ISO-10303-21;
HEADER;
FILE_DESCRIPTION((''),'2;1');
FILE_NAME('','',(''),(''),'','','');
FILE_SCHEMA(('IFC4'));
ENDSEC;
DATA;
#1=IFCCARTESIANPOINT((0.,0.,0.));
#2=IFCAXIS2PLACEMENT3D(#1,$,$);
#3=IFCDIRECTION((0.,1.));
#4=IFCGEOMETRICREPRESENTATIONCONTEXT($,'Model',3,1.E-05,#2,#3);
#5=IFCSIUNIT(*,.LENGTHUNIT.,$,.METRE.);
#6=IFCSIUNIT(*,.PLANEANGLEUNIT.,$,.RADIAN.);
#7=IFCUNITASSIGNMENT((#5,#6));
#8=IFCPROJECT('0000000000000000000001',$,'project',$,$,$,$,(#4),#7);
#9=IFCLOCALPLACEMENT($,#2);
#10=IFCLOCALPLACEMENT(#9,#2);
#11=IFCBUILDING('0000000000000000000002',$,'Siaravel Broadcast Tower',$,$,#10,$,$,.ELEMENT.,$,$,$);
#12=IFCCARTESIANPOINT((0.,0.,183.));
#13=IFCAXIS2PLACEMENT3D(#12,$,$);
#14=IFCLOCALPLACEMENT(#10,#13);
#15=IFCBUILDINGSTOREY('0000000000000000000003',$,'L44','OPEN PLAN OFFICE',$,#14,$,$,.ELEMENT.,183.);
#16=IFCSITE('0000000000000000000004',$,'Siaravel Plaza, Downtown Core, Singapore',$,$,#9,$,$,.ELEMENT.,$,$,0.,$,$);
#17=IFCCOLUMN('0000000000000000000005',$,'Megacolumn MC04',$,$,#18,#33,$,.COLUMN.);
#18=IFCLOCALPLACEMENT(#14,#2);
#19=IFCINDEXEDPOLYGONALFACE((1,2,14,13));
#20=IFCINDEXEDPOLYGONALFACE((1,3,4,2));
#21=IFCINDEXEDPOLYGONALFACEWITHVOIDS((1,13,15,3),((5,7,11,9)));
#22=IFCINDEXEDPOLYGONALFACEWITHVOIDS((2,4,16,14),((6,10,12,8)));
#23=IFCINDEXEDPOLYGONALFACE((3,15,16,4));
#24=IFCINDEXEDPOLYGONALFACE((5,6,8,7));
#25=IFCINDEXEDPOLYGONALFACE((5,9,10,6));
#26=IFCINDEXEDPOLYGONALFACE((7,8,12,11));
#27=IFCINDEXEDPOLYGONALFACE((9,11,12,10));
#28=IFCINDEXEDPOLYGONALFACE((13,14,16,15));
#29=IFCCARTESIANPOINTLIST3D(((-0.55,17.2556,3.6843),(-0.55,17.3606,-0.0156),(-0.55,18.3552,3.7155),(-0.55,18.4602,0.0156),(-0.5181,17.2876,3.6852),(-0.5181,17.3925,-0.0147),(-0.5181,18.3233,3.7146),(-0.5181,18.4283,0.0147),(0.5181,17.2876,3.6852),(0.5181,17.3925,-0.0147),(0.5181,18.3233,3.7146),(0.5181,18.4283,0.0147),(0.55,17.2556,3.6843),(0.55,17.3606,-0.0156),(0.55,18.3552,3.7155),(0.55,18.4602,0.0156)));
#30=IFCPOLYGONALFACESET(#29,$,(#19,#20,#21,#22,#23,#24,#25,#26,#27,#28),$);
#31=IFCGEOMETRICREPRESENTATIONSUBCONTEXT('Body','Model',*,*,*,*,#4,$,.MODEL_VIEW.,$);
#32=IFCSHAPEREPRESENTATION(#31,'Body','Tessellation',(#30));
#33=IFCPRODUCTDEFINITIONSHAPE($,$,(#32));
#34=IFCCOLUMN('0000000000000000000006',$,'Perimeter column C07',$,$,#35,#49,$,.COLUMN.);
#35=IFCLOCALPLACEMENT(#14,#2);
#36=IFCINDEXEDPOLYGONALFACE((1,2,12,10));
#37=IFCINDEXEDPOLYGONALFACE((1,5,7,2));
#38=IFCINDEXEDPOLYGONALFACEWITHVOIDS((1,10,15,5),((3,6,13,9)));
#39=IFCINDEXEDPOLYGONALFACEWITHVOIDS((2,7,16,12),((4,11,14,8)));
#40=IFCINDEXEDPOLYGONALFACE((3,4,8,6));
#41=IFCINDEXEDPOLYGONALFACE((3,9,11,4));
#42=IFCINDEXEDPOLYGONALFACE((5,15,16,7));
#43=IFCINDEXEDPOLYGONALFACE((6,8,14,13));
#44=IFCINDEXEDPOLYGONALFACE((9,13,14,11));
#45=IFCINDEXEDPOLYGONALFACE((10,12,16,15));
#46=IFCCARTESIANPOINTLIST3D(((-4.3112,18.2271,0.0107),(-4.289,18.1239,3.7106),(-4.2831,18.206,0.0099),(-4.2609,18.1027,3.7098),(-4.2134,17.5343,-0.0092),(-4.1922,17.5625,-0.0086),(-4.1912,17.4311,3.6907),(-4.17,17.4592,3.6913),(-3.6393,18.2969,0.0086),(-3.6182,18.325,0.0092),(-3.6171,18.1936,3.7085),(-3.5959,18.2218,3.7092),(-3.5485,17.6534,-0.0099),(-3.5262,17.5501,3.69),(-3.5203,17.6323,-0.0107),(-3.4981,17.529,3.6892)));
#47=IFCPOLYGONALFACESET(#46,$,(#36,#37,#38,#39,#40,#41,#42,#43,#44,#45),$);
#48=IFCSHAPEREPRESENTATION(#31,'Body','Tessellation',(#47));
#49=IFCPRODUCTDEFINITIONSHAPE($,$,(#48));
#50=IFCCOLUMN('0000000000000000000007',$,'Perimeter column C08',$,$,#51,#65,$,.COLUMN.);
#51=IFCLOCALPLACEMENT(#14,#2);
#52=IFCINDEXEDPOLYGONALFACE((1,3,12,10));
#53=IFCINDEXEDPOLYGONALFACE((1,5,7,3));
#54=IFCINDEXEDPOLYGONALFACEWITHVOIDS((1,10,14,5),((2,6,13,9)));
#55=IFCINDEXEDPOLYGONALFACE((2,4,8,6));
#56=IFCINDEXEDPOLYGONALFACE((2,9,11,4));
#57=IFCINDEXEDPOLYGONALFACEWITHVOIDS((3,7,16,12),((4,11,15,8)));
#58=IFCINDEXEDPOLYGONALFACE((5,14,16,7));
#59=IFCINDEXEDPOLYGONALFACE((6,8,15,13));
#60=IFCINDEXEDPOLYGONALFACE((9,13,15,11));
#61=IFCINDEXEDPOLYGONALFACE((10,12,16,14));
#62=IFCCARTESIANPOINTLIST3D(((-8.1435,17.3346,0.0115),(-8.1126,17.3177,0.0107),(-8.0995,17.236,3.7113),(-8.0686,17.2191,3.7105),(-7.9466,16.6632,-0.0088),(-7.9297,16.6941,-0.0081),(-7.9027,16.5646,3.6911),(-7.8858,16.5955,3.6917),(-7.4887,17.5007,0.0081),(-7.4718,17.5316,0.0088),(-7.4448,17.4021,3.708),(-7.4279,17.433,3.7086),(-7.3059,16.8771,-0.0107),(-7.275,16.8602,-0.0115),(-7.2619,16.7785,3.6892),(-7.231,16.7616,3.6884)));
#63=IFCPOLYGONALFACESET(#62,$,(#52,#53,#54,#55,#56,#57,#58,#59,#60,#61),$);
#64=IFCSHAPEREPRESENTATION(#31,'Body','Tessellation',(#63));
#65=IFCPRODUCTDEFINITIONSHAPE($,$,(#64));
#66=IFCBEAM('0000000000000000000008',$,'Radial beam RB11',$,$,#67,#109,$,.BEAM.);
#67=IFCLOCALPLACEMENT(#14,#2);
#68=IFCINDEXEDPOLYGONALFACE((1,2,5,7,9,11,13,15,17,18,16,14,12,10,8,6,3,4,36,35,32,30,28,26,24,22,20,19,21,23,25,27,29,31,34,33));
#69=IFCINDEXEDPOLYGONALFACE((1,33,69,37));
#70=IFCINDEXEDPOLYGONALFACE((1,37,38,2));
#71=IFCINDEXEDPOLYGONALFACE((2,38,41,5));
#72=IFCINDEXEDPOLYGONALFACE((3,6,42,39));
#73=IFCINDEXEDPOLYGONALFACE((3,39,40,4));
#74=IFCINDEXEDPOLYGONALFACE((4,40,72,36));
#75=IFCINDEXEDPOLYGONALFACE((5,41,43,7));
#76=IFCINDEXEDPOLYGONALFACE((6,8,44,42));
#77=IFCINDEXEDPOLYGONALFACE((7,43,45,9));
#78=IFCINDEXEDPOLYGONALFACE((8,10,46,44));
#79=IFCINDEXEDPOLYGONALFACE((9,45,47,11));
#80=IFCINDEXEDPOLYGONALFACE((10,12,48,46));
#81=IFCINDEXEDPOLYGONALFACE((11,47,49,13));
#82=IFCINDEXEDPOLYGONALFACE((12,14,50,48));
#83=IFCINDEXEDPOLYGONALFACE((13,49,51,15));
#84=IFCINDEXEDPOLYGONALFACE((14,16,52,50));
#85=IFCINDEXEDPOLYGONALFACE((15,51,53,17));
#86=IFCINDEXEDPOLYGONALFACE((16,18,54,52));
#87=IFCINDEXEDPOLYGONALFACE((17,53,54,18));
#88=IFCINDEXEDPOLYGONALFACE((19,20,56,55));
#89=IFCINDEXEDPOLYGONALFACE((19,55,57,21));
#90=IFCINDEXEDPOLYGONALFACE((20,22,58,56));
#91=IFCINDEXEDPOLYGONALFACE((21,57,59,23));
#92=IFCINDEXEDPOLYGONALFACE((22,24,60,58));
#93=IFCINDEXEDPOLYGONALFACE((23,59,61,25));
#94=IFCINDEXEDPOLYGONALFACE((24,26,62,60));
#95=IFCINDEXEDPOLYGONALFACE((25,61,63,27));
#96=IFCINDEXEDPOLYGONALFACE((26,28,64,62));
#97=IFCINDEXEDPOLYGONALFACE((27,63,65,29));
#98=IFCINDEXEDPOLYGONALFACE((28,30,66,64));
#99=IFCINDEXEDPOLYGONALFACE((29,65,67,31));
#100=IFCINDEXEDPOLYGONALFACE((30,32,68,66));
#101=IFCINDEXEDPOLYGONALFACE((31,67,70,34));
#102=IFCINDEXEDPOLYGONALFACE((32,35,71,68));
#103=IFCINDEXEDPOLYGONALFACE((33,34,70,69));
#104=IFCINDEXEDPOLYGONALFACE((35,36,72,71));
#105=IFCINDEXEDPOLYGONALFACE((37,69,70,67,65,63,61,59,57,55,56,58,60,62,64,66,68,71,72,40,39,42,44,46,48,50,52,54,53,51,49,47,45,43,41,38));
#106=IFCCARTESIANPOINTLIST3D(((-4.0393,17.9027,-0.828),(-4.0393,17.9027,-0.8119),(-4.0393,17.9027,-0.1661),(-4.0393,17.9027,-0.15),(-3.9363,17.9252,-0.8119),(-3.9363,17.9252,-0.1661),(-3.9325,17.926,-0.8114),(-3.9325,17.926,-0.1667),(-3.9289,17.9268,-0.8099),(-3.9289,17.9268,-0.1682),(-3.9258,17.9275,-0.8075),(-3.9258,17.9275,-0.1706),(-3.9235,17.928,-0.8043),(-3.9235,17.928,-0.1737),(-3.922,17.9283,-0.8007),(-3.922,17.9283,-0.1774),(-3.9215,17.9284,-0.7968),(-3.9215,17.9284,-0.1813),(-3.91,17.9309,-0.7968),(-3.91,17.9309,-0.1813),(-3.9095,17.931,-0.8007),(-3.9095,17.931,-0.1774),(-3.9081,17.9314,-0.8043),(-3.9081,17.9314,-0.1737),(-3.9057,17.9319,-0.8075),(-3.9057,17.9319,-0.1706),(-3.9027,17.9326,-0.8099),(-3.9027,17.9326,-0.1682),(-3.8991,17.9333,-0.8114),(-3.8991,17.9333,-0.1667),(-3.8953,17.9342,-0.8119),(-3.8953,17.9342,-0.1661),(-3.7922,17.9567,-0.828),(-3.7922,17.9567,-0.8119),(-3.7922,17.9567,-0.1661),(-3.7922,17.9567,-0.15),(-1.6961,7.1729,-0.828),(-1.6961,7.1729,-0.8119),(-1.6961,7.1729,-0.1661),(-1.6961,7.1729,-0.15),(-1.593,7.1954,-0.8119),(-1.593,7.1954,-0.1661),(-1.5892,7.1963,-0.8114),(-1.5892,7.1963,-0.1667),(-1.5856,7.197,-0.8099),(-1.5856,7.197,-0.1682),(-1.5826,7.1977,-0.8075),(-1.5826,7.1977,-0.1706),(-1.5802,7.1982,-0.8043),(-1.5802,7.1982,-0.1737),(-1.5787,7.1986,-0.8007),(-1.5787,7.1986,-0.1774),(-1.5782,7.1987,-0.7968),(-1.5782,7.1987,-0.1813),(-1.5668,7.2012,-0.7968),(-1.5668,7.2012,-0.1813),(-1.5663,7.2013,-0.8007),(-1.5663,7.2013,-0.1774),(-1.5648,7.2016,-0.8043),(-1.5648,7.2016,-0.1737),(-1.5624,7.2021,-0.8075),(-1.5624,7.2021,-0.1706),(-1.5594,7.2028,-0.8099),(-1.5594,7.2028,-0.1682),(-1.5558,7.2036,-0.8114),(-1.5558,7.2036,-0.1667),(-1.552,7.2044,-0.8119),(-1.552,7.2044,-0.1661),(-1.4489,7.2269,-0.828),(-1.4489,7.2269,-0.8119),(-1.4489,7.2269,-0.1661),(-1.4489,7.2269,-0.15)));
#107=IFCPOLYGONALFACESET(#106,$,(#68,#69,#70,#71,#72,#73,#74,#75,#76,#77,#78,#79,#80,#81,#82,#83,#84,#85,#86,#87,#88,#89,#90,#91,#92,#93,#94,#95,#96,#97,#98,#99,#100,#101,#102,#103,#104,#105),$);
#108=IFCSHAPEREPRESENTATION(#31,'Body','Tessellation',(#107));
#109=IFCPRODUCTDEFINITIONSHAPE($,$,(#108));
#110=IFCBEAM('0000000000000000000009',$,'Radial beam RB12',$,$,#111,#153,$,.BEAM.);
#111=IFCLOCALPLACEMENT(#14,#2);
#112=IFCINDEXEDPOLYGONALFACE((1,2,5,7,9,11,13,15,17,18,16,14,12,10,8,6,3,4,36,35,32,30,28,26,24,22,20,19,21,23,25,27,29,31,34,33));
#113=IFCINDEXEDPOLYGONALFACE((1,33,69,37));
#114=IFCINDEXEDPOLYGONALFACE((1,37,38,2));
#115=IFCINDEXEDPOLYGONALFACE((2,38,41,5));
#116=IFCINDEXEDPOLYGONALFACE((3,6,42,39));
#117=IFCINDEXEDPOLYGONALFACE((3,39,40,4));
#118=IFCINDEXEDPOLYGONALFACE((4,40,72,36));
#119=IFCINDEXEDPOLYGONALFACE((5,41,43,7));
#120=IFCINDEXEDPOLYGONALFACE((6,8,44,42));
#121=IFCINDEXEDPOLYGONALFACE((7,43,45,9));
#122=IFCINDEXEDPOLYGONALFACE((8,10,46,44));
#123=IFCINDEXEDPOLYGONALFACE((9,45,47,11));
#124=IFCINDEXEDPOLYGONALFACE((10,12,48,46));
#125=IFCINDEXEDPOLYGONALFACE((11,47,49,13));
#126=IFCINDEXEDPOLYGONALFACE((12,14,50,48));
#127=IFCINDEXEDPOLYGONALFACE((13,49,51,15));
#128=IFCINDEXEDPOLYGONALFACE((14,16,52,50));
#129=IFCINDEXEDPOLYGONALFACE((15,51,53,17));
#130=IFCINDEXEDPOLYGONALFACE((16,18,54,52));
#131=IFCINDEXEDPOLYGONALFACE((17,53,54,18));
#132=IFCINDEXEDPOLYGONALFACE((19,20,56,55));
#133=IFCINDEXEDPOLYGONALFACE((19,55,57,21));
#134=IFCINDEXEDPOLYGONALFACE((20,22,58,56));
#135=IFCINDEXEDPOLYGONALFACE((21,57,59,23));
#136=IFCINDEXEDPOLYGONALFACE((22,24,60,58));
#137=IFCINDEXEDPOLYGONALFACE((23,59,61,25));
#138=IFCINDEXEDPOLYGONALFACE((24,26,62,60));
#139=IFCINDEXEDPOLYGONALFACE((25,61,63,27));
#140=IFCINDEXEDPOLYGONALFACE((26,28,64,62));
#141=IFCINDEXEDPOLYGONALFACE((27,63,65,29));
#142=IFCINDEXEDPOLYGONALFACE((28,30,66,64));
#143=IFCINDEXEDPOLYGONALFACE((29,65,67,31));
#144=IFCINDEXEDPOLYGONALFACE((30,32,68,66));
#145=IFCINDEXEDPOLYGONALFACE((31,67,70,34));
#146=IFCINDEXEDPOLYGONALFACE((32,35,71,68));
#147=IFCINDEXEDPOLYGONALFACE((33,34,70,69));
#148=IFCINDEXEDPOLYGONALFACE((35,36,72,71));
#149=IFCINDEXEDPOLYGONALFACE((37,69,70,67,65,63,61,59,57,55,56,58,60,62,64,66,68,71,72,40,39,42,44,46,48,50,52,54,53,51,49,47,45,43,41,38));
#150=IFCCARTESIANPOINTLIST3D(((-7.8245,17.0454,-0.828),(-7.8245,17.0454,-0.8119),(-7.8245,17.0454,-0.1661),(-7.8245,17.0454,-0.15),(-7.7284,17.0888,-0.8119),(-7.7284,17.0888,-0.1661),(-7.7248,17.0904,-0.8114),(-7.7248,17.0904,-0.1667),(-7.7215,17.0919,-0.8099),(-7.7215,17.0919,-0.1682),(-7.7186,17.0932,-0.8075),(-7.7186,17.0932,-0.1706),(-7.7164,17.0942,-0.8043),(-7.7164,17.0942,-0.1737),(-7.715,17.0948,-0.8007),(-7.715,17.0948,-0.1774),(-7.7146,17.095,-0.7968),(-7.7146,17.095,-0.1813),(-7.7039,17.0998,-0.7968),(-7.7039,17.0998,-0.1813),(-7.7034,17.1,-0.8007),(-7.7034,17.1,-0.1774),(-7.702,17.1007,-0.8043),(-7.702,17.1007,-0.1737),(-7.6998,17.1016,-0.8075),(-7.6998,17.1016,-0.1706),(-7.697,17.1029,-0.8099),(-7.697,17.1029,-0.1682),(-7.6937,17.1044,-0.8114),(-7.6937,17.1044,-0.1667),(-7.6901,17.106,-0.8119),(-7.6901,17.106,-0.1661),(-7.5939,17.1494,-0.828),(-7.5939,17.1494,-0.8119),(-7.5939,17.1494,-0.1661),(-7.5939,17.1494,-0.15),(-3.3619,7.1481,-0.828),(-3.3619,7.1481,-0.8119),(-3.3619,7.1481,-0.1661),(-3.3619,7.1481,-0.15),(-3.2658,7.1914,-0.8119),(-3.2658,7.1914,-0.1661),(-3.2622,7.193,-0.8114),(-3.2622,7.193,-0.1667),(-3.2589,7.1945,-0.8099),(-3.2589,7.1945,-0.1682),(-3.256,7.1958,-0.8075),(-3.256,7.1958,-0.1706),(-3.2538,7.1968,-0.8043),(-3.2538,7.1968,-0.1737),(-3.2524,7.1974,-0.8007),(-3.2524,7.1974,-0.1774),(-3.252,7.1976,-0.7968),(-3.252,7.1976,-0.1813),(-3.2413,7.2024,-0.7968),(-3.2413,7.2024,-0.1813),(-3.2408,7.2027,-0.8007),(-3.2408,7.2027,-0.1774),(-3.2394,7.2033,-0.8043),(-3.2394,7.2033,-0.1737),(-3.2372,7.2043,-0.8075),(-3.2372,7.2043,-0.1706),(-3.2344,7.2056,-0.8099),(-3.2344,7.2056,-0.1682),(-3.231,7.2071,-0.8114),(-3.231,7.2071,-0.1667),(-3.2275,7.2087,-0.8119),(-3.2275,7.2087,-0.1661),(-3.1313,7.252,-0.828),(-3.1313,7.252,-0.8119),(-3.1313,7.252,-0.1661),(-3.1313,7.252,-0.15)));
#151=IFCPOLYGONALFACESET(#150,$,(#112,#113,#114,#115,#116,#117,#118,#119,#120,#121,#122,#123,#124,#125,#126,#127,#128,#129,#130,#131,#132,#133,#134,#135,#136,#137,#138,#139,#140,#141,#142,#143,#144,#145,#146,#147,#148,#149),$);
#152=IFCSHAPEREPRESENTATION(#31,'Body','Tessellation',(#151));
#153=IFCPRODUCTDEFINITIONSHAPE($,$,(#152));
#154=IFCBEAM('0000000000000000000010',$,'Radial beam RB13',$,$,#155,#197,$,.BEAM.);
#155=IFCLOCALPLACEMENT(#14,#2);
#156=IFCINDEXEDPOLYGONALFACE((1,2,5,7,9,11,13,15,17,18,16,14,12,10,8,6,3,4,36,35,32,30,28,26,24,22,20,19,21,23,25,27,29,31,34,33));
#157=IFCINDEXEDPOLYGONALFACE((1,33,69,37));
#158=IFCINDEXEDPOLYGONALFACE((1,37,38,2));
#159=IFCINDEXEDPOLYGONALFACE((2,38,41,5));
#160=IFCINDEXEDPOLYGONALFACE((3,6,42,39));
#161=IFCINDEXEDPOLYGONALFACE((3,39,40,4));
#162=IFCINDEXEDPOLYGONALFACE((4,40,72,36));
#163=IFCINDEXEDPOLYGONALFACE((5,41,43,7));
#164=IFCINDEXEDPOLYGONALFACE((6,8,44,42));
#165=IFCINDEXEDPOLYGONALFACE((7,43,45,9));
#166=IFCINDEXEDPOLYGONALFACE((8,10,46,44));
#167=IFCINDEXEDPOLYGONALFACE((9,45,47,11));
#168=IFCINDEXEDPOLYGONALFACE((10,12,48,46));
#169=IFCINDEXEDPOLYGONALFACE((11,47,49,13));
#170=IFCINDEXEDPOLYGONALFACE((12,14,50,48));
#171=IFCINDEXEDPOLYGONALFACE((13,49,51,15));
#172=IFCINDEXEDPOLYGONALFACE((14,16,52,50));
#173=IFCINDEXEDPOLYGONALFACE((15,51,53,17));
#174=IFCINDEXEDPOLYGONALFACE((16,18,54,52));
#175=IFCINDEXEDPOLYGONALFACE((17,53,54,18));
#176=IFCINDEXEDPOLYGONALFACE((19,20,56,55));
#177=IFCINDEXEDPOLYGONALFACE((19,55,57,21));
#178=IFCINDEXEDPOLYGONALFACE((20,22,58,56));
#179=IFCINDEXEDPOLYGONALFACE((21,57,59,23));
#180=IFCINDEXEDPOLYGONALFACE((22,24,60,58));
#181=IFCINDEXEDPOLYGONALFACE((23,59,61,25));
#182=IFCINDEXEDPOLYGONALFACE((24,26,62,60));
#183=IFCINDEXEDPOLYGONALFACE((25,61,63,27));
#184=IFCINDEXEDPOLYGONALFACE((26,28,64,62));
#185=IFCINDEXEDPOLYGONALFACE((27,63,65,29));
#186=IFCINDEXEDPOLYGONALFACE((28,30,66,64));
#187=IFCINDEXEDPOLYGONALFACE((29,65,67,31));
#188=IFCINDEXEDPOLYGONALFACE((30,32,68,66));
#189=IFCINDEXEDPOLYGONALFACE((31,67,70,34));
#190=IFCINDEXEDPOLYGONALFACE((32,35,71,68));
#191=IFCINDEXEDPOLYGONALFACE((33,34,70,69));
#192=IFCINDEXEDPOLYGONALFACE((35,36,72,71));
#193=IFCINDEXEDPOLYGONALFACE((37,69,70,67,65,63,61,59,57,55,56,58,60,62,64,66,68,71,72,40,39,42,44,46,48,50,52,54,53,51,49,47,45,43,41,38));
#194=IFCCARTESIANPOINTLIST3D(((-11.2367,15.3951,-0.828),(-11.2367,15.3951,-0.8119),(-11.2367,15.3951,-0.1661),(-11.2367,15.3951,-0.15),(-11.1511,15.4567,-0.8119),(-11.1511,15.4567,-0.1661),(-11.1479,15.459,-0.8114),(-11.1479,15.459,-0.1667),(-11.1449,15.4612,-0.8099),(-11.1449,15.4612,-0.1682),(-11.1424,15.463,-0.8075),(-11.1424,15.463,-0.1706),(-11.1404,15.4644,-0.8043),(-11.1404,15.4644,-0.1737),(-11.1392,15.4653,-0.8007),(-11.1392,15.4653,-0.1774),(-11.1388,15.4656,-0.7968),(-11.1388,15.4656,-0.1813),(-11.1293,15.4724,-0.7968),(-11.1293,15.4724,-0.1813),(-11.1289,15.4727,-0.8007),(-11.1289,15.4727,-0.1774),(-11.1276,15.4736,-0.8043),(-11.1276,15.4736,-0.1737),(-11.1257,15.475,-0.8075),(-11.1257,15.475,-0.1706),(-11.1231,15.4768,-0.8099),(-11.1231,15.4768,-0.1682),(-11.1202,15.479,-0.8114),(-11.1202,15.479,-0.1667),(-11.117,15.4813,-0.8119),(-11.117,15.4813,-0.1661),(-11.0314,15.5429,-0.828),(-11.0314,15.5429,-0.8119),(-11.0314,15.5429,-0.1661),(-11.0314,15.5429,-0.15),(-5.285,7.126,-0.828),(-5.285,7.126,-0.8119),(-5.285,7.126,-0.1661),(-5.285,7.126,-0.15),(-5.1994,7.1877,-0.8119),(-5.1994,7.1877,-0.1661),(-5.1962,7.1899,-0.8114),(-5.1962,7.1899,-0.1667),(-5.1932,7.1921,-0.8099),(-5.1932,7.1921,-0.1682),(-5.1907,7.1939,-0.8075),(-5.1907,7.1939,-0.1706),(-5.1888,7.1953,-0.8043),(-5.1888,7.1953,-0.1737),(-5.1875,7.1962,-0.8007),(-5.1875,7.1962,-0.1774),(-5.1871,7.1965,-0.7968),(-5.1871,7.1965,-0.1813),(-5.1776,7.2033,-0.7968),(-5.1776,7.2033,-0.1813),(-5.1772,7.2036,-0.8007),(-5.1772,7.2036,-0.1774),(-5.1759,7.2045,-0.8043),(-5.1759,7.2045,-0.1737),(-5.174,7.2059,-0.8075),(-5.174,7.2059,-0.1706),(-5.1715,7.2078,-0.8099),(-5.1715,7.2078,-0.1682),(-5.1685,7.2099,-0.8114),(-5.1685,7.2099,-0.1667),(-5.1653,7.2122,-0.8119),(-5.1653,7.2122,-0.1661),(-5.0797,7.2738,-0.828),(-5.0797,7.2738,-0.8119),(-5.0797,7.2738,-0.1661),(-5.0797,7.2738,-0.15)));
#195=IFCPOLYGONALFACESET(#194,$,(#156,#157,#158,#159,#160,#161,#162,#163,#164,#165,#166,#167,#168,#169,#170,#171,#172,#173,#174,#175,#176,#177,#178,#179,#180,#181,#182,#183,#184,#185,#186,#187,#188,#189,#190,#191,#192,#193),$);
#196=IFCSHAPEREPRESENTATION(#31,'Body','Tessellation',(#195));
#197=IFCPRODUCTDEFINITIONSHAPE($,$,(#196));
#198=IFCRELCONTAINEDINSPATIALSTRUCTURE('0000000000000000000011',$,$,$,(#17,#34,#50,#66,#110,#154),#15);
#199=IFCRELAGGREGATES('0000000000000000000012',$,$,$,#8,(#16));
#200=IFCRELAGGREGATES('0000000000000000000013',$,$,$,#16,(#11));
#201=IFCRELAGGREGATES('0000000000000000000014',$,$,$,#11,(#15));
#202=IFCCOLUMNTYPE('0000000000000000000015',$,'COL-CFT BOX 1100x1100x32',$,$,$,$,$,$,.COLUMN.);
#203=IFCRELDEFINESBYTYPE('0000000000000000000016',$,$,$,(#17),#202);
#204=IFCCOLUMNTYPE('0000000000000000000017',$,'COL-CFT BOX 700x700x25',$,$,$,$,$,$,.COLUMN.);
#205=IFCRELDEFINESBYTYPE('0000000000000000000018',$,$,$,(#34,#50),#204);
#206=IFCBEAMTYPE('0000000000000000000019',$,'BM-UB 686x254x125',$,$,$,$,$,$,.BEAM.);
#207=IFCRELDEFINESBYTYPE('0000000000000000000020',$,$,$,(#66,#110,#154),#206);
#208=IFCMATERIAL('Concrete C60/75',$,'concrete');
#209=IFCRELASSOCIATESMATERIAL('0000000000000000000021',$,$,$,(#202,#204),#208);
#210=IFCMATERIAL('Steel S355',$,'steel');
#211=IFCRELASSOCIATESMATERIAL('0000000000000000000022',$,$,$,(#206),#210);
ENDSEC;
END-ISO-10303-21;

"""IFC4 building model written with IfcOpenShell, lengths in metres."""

from ifc_helpers import new_model, si_unit, direction, frame, origin, origin_2d, place, context, subcontext, project, spatial, hollow_rectangle, i_section, extrude, material, material_profile, profile_set, type_object, element, save


model = new_model("IFC4")

# Units and contexts
model_context = context("Model", 3, precision=1e-05, world=origin(), true_north=direction((0.0, 1.0)))
body_context = subcontext(model_context, "Body", "Model", "MODEL_VIEW")
ifc_project = project(units=[si_unit("LENGTHUNIT", "METRE"), si_unit("PLANEANGLEUNIT", "RADIAN")], contexts=[model_context])

# Site, building, storey
site_placement = place(None, origin())
site = spatial("IfcSite", under=ifc_project, at=site_placement, Name="Siaravel Plaza, Downtown Core, Singapore", CompositionType="ELEMENT", RefElevation=0.0)
building_placement = place(site_placement, origin())
building = spatial("IfcBuilding", under=site, at=building_placement, Name="Siaravel Broadcast Tower", CompositionType="ELEMENT")
storey_placement = place(building_placement, frame((0.0, 0.0, 183.0)))
storey = spatial("IfcBuildingStorey", under=building, at=storey_placement, Name="L44", Description="OPEN PLAN OFFICE", CompositionType="ELEMENT", Elevation=183.0)

# Columns
ifc_material_1 = material(Name="Concrete C60/75", Category="concrete")
ifc_material_profile_1 = material_profile(ifc_material_1, hollow_rectangle(XDim=1.1001, YDim=1.1001, WallThickness=0.032, at=origin_2d()))
ifc_profile_set_1 = profile_set([ifc_material_profile_1], Name="Concrete C60/75")
column_type_1 = type_object("IfcColumnType", Name="COL-CFT BOX 1100x1100x32", PredefinedType="COLUMN", material=ifc_profile_set_1)
column_placement = place(storey_placement, frame((0.0, 17.9104, 0.0), z_axis=(0.0, -0.028362, 0.999598), x_axis=(1.0, 0.0, 0.0)))
element("IfcColumn", 1, at=column_placement, inside=storey, type_object=column_type_1, Name="Megacolumn MC04", PredefinedType="COLUMN", context=body_context, shape_type="SweptSolid", body=[
    extrude(hollow_rectangle(XDim=1.1001, YDim=1.1001, WallThickness=0.032, at=origin_2d()), origin(), (0.0, 0.0, 1.0), 3.7014),
])
ifc_material_profile_2 = material_profile(ifc_material_1, hollow_rectangle(XDim=0.7, YDim=0.7, WallThickness=0.0249, at=origin_2d()))
ifc_profile_set_2 = profile_set([ifc_material_profile_2], Name="Concrete C60/75")
column_type_2 = type_object("IfcColumnType", Name="COL-CFT BOX 700x700x25", PredefinedType="COLUMN", material=ifc_profile_set_2)
for number, where, z_axis, x_axis, name in (
    (2, (-3.9158, 17.9297, 0.0), (0.006002, -0.0279, 0.999593), (0.990165, 0.139893, -0.002041), "Perimeter column C07"),
    (3, (-7.7092, 17.0974, 0.0), (0.011872, -0.026647, 0.999574), (0.959561, 0.281474, -0.003893), "Perimeter column C08"),
):
    element("IfcColumn", number, at=place(storey_placement, frame(where, z_axis=z_axis, x_axis=x_axis)), inside=storey, type_object=column_type_2, Name=name, PredefinedType="COLUMN", context=body_context, shape_type="SweptSolid", body=[
        extrude(hollow_rectangle(XDim=0.7, YDim=0.7, WallThickness=0.0249, at=origin_2d()), origin(), (0.0, 0.0, 1.0), 3.7014),
    ])

# Beams
ifc_material_2 = material(Name="Steel S355", Category="steel")
ifc_material_profile_3 = material_profile(ifc_material_2, i_section(OverallWidth=0.2529, OverallDepth=0.678, WebThickness=0.0117, FlangeThickness=0.0161, FilletRadius=0.0151, at=origin_2d()))
ifc_profile_set_3 = profile_set([ifc_material_profile_3], Name="Steel S355")
beam_type = type_object("IfcBeamType", Name="BM-UB 686x254x125", PredefinedType="BEAM", material=ifc_profile_set_3)
beam_1_placement = place(storey_placement, frame((-3.9158, 17.9297, -0.489), z_axis=(0.213361, -0.976973, 0.0), x_axis=(0.976973, 0.213361, 0.0)))
element("IfcBeam", 4, at=beam_1_placement, inside=storey, type_object=beam_type, Name="Radial beam RB11", PredefinedType="BEAM", context=body_context, shape_type="SweptSolid", body=[
    extrude(i_section(OverallWidth=0.2529, OverallDepth=0.678, WebThickness=0.0117, FlangeThickness=0.0161, FilletRadius=0.0151, at=origin_2d()), origin(), (0.0, 0.0, 1.0), 10.9827),
])
beam_2_placement = place(storey_placement, frame((-7.7092, 17.0974, -0.489), z_axis=(0.411038, -0.911618, 0.0), x_axis=(0.911618, 0.411038, 0.0)))
element("IfcBeam", 5, at=beam_2_placement, inside=storey, type_object=beam_type, Name="Radial beam RB12", PredefinedType="BEAM", context=body_context, shape_type="SweptSolid", body=[
    extrude(i_section(OverallWidth=0.2529, OverallDepth=0.678, WebThickness=0.0117, FlangeThickness=0.0161, FilletRadius=0.0151, at=origin_2d()), origin(), (0.0, 0.0, 1.0), 10.8569),
])
beam_3_placement = place(storey_placement, frame((-11.134, 15.469, -0.489), z_axis=(0.584172, -0.81163, 0.0), x_axis=(0.81163, 0.584172, 0.0)))
element("IfcBeam", 6, at=beam_3_placement, inside=storey, type_object=beam_type, Name="Radial beam RB13", PredefinedType="BEAM", context=body_context, shape_type="SweptSolid", body=[
    extrude(i_section(OverallWidth=0.2529, OverallDepth=0.678, WebThickness=0.0117, FlangeThickness=0.0161, FilletRadius=0.0151, at=origin_2d()), origin(), (0.0, 0.0, 1.0), 10.1882),
])

save(model, "model.ifc")
